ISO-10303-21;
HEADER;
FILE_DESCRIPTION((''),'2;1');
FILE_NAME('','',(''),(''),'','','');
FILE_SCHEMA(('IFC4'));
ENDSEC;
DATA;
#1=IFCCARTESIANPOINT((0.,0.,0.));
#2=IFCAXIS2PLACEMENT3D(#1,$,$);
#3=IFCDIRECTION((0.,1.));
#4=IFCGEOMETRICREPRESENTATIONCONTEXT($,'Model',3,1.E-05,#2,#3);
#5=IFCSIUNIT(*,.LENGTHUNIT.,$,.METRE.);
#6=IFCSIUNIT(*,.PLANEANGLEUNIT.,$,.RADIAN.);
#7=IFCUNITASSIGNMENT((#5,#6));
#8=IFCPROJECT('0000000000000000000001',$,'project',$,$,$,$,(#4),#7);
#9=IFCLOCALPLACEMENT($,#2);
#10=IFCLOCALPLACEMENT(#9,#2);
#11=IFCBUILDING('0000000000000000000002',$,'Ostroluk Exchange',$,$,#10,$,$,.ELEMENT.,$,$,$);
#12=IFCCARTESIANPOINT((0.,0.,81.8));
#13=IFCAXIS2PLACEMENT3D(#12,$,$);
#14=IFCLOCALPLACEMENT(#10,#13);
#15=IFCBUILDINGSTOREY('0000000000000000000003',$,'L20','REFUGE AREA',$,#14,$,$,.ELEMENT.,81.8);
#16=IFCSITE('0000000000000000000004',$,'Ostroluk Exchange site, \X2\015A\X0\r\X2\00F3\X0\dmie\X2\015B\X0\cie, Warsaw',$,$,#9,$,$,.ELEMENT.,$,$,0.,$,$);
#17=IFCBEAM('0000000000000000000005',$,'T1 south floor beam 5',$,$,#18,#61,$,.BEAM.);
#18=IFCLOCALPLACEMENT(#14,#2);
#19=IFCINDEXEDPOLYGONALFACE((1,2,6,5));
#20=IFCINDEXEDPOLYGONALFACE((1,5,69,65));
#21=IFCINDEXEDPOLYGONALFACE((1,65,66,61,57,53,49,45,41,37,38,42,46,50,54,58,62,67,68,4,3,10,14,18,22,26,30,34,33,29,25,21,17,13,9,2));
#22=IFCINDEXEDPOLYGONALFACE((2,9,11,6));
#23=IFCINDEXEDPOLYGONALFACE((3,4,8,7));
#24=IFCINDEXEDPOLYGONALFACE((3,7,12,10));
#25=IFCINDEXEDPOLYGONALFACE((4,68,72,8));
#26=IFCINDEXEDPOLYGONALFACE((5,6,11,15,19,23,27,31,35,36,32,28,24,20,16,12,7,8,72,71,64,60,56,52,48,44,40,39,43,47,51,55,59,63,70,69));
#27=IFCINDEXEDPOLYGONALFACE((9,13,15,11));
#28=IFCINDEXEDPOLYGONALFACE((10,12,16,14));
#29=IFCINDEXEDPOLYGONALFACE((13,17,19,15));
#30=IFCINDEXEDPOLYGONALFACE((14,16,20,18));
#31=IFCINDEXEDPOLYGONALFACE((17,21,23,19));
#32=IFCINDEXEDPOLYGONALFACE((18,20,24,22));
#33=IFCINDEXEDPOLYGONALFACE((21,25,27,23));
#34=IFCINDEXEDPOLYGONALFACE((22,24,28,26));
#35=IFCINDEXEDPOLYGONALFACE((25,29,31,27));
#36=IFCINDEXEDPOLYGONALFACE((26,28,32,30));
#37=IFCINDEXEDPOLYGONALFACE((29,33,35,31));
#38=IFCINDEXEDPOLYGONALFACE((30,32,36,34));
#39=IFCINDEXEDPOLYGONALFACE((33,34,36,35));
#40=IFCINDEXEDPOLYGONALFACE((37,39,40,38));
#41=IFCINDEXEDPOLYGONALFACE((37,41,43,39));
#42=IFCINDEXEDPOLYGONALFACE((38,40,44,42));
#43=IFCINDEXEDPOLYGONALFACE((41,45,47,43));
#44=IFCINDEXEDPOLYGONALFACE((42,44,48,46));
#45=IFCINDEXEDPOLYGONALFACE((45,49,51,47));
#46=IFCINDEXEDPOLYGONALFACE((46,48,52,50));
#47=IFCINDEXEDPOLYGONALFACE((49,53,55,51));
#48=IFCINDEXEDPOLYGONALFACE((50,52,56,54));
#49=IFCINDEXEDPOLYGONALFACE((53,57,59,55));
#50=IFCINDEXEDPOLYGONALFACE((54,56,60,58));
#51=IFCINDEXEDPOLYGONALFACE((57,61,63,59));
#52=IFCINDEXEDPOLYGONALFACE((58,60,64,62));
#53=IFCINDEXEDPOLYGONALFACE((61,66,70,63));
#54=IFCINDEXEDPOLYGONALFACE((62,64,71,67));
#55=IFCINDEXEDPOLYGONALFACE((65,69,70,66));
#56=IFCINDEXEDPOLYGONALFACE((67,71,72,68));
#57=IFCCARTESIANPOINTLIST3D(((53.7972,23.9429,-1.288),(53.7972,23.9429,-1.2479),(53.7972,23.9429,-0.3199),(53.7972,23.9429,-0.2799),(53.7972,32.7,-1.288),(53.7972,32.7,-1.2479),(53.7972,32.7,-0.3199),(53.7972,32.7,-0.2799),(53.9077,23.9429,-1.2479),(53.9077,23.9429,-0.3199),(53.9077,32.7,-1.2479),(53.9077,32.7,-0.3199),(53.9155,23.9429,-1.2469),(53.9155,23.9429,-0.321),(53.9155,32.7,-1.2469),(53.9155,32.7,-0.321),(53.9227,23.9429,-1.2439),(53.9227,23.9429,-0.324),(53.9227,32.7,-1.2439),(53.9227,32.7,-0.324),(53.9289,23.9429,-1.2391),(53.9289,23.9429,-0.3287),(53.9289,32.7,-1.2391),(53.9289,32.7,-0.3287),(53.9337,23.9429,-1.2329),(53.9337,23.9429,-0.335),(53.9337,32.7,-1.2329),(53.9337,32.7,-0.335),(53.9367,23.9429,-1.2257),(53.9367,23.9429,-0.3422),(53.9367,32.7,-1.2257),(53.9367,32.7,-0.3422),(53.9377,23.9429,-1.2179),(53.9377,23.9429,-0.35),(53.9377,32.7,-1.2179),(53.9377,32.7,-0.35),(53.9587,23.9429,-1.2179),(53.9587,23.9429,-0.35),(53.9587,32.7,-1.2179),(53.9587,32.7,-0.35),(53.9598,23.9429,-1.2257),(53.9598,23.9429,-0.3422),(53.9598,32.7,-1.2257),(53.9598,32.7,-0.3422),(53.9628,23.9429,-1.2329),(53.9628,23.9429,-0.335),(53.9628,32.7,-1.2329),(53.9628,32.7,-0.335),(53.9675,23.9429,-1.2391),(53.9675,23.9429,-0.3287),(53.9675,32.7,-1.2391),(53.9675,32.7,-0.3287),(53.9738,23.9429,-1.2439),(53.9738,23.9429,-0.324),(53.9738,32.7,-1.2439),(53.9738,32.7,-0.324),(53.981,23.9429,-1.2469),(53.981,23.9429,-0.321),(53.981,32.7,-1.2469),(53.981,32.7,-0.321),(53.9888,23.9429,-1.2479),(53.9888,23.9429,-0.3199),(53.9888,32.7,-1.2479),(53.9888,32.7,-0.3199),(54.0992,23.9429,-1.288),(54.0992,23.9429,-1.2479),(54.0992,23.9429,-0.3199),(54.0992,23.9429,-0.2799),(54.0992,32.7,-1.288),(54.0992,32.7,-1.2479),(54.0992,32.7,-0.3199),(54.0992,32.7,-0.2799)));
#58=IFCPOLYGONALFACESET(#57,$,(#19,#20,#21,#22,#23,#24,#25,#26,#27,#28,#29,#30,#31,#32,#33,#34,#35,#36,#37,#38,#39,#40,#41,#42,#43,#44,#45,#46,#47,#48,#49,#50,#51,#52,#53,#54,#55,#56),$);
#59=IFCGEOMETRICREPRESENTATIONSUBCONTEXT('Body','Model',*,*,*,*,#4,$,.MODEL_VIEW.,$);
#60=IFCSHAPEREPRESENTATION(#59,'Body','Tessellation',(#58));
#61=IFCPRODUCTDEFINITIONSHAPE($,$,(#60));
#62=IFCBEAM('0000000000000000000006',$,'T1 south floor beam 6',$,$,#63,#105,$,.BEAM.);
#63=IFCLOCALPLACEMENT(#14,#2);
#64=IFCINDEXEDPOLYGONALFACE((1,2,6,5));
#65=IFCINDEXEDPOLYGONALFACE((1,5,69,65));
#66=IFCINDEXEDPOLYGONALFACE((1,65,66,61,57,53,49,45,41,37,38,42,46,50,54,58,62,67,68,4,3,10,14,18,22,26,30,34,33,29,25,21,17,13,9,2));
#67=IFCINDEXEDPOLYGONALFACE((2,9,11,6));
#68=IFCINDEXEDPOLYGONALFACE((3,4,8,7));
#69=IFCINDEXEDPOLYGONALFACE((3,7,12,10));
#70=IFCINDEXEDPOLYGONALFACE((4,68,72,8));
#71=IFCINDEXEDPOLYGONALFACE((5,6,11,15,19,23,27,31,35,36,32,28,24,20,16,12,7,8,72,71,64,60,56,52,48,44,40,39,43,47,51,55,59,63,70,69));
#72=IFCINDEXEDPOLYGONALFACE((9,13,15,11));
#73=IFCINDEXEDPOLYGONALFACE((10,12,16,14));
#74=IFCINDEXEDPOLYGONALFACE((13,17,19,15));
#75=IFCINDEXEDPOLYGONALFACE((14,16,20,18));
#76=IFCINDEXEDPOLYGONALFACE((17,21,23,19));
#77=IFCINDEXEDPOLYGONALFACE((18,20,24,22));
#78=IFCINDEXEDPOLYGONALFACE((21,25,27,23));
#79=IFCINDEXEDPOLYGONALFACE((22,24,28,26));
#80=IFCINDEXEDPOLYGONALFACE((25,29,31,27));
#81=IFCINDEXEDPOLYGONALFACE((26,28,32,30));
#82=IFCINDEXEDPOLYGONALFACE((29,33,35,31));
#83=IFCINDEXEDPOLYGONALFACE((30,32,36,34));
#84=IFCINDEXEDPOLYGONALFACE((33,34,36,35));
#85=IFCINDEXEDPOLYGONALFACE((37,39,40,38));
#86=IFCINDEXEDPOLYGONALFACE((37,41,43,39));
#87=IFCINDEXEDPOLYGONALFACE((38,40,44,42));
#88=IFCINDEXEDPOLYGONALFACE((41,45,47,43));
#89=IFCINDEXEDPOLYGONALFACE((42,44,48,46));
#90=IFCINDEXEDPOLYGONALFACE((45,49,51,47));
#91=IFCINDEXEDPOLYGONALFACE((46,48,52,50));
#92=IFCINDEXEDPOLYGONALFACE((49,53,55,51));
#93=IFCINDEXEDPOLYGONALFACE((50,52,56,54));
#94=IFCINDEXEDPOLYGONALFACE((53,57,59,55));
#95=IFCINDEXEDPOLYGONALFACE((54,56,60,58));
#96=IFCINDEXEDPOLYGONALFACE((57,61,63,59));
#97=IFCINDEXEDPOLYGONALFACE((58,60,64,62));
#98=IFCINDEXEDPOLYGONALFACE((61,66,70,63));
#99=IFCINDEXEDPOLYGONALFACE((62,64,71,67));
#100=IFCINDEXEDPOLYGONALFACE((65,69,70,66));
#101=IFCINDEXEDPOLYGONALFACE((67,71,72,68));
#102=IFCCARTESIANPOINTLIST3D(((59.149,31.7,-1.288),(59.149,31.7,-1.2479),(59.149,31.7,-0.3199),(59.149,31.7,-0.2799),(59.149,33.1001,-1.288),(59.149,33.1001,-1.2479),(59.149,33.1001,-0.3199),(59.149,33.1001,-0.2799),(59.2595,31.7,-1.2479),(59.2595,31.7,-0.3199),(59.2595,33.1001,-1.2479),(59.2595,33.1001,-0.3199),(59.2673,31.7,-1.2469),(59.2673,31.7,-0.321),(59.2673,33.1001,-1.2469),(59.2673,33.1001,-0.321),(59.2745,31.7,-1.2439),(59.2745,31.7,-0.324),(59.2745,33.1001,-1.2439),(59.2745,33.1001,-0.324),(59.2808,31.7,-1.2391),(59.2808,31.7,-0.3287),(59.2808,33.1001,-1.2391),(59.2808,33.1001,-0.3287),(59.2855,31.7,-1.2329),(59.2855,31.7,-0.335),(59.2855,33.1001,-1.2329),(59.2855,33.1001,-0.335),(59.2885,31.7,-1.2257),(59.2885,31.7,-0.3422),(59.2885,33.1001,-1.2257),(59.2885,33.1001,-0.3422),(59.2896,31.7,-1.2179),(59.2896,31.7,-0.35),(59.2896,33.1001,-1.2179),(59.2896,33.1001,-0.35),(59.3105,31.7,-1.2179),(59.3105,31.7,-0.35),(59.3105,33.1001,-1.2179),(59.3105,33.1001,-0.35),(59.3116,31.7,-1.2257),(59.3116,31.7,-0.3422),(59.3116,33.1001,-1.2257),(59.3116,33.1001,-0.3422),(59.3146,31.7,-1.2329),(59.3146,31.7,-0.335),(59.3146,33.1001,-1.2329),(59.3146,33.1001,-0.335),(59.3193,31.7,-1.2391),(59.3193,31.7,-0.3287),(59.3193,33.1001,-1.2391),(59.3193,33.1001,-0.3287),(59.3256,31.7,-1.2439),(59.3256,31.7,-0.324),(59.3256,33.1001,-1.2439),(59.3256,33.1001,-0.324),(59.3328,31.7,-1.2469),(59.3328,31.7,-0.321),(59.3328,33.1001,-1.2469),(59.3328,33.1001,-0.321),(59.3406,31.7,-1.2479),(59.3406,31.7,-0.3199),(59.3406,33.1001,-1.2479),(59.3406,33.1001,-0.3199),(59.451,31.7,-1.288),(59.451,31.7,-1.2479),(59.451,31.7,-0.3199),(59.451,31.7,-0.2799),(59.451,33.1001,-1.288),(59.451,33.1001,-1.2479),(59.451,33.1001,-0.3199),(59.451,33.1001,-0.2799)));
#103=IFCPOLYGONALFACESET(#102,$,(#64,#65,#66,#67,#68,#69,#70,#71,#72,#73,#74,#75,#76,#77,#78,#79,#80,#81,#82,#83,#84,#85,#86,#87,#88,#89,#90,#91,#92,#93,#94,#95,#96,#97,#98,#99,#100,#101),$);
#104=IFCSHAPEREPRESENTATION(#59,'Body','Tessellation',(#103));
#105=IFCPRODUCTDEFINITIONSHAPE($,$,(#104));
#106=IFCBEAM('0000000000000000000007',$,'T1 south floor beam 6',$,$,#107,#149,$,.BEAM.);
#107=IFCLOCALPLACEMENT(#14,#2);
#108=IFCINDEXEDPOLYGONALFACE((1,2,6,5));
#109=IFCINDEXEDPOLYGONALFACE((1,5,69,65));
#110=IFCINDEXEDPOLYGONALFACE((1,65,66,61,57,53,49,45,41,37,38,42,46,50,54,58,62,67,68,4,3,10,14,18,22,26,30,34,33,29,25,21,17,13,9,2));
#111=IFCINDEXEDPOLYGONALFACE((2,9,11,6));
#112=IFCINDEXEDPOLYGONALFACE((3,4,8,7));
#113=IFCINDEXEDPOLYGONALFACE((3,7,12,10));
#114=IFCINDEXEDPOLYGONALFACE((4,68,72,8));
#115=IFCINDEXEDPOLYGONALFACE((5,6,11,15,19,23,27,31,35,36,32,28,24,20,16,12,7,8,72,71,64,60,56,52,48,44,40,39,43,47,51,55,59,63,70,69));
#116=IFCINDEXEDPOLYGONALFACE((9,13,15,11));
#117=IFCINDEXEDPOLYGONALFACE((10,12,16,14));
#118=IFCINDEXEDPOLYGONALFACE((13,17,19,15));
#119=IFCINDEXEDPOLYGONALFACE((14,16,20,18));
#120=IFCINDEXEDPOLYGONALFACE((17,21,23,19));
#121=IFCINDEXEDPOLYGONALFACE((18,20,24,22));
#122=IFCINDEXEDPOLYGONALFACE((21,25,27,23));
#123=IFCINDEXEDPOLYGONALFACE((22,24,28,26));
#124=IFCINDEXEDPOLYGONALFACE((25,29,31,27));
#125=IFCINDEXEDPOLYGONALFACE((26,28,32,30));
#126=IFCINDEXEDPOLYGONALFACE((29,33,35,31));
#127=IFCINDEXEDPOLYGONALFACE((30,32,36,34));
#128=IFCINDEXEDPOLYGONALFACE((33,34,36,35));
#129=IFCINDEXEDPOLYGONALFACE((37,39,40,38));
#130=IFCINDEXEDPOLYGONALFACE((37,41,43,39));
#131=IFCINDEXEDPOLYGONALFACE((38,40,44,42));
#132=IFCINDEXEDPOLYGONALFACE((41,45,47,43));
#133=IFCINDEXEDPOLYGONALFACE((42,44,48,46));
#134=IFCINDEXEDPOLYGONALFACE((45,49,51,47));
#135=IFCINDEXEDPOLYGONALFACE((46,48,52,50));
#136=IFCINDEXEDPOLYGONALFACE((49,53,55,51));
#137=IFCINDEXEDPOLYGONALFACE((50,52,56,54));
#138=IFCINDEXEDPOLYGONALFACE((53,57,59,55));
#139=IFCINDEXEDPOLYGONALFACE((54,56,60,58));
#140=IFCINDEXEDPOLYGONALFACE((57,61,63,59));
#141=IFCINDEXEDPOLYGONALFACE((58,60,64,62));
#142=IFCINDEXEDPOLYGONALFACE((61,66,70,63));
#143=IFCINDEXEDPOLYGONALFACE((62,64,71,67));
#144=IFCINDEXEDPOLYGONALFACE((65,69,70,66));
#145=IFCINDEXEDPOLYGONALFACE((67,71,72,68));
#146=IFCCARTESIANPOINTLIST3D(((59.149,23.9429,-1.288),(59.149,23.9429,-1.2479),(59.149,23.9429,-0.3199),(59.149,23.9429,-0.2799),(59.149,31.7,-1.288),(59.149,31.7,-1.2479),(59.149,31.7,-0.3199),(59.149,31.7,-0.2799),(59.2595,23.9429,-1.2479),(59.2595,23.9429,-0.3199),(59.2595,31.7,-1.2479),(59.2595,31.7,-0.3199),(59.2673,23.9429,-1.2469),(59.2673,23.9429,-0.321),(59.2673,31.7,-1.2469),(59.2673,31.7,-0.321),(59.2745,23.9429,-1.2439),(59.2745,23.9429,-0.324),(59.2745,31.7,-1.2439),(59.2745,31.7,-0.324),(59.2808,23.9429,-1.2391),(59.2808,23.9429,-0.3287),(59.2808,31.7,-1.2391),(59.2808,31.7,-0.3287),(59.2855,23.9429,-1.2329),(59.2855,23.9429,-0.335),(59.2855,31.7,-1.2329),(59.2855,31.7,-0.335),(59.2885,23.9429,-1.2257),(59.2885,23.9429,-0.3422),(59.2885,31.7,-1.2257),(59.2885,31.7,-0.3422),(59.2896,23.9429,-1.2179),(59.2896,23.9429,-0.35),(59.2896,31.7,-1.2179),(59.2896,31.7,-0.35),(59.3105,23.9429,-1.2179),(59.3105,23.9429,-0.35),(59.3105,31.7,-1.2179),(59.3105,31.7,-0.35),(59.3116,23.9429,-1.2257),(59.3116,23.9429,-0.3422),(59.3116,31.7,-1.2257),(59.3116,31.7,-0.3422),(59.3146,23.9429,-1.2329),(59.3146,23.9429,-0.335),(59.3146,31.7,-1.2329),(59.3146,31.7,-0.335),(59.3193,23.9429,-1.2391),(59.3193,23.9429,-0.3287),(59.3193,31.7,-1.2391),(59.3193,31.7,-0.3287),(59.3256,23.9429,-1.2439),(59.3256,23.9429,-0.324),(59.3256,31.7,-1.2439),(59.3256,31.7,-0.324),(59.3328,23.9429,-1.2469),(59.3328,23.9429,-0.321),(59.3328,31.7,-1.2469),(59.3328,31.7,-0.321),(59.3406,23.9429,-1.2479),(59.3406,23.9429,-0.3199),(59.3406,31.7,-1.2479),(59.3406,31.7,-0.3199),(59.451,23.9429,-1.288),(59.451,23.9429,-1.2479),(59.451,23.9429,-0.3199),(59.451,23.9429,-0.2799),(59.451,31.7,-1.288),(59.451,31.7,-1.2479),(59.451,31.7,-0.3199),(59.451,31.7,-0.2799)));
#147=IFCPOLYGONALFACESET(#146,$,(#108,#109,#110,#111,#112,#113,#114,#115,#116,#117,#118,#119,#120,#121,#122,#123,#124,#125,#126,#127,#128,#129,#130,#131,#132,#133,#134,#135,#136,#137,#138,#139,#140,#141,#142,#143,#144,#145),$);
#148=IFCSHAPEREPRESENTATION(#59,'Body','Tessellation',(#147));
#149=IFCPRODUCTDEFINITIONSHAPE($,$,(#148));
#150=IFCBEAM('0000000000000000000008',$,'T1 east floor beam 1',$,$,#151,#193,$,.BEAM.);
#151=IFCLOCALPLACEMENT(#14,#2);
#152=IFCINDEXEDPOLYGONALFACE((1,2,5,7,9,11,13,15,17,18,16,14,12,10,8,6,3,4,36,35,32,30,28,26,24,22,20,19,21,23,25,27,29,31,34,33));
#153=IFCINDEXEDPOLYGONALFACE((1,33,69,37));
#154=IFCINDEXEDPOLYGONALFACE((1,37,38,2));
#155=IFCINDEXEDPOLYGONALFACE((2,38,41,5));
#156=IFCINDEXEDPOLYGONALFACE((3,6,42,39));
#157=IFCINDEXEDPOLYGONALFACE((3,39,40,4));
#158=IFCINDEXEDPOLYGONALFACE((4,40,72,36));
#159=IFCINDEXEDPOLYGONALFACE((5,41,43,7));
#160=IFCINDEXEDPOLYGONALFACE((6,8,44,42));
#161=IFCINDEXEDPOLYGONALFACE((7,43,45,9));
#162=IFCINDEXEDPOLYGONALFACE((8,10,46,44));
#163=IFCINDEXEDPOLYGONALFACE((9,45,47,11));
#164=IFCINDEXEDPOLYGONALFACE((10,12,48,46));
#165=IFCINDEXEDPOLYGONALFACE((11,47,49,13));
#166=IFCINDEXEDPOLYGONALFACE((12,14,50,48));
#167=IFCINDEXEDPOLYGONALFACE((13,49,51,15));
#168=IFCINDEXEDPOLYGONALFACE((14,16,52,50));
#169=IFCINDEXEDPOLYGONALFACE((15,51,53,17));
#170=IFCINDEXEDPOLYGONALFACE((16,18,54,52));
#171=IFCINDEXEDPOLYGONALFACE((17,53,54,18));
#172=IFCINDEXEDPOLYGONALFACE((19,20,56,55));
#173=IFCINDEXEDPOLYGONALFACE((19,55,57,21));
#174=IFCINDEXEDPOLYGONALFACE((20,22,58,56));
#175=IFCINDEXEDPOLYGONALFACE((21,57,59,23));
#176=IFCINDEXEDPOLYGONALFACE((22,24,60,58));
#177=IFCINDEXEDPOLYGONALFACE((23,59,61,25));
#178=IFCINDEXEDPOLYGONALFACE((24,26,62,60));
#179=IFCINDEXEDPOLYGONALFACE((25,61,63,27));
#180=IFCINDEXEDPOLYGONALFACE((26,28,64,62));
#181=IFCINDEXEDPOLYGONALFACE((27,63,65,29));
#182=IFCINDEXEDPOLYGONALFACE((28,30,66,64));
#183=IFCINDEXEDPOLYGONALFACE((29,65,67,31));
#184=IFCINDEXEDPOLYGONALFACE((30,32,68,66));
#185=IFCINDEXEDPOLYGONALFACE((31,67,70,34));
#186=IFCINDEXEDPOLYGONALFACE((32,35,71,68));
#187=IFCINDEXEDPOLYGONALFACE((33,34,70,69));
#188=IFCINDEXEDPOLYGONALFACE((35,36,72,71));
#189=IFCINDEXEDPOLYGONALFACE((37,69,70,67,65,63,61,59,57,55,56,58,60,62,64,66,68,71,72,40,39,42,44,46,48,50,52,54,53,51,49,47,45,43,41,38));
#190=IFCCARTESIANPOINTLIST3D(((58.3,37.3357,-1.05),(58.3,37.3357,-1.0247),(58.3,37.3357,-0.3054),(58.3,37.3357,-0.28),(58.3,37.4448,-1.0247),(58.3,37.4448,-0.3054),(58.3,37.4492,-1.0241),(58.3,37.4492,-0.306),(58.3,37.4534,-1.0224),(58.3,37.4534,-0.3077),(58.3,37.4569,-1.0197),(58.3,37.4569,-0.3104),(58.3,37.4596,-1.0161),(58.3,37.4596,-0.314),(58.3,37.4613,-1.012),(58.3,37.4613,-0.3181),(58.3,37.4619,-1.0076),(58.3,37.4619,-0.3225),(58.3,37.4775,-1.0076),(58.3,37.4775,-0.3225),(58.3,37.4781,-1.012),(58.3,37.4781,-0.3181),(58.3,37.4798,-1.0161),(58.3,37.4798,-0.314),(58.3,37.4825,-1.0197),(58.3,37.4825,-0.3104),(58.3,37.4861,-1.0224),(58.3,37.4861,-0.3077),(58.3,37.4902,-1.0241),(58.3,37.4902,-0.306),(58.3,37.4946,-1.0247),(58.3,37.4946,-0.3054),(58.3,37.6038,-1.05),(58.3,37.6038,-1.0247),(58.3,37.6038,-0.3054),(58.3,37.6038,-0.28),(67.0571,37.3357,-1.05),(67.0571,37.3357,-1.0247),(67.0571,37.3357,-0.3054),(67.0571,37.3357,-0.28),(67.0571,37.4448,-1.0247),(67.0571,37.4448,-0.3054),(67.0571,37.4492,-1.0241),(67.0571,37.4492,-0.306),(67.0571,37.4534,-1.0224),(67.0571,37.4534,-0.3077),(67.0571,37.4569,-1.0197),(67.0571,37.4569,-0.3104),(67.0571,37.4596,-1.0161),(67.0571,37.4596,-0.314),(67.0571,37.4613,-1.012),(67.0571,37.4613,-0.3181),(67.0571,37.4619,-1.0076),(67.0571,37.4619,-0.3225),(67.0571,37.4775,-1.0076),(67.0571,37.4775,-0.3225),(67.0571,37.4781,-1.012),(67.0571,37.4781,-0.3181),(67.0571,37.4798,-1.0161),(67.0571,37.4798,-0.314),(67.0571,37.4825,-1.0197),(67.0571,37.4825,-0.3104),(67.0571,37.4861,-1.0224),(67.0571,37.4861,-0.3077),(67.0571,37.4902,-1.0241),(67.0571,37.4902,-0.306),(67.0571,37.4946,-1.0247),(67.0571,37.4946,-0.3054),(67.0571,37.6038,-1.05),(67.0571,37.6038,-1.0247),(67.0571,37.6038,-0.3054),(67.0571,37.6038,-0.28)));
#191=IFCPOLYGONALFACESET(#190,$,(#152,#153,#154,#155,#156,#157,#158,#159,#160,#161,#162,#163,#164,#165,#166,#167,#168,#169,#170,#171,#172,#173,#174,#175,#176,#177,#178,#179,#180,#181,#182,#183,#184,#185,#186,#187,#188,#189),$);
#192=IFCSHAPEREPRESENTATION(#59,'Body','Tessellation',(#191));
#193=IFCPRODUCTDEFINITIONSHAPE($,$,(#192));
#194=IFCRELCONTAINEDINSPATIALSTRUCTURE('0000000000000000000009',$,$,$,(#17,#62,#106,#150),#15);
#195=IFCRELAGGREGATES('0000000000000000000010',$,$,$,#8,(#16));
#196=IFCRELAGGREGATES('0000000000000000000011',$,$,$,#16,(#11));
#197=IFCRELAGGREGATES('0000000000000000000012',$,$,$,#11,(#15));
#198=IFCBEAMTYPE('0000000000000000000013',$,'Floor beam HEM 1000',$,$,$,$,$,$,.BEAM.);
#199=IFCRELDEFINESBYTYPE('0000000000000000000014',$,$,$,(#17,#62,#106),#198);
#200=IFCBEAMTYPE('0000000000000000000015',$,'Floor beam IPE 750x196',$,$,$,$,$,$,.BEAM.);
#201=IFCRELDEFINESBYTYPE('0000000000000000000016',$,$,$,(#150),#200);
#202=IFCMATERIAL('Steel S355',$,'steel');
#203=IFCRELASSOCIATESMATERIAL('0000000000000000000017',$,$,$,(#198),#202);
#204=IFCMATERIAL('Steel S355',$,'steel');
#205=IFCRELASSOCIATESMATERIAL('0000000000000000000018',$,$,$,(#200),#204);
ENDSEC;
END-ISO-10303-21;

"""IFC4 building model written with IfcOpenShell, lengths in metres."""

from ifc_helpers import new_model, si_unit, direction, frame, origin, origin_2d, place, context, subcontext, project, spatial, i_section, extrude, material, material_profile, profile_set, type_object, element, save


model = new_model("IFC4")

# Units and contexts
model_context = context("Model", 3, precision=1e-05, world=origin(), true_north=direction((0.0, 1.0)))
body_context = subcontext(model_context, "Body", "Model", "MODEL_VIEW")
ifc_project = project(units=[si_unit("LENGTHUNIT", "METRE"), si_unit("PLANEANGLEUNIT", "RADIAN")], contexts=[model_context])

# Site, building, storey
site_placement = place(None, origin())
site = spatial("IfcSite", under=ifc_project, at=site_placement, Name="Ostroluk Exchange site, Śródmieście, Warsaw", CompositionType="ELEMENT", RefElevation=0.0)
building_placement = place(site_placement, origin())
building = spatial("IfcBuilding", under=site, at=building_placement, Name="Ostroluk Exchange", CompositionType="ELEMENT")
storey_placement = place(building_placement, frame((0.0, 0.0, 81.8)))
storey = spatial("IfcBuildingStorey", under=building, at=storey_placement, Name="L20", Description="REFUGE AREA", CompositionType="ELEMENT", Elevation=81.8)

# Beams
ifc_material_1 = material(Name="Steel S355", Category="steel")
ifc_material_profile_1 = material_profile(ifc_material_1, i_section(OverallWidth=0.302, OverallDepth=1.0081, WebThickness=0.021, FlangeThickness=0.04, FilletRadius=0.03, at=origin_2d()), Name="HEM 1000")
ifc_profile_set_1 = profile_set([ifc_material_profile_1], Name="Steel S355")
beam_type_1 = type_object("IfcBeamType", Name="Floor beam HEM 1000", PredefinedType="BEAM", material=ifc_profile_set_1)
beam_1_placement = place(storey_placement, frame((53.9482, 32.7, -0.7839), z_axis=(0.0, -1.0, 0.0), x_axis=(1.0, 0.0, 0.0)))
element("IfcBeam", 1, at=beam_1_placement, inside=storey, type_object=beam_type_1, Name="T1 south floor beam 5", PredefinedType="BEAM", context=body_context, shape_type="SweptSolid", body=[
    extrude(i_section(OverallWidth=0.302, OverallDepth=1.0081, WebThickness=0.021, FlangeThickness=0.04, FilletRadius=0.03, at=origin_2d()), origin(), (0.0, 0.0, 1.0), 8.7571),
])
beam_2_placement = place(storey_placement, frame((59.3, 33.1001, -0.7839), z_axis=(0.0, -1.0, 0.0), x_axis=(1.0, 0.0, 0.0)))
element("IfcBeam", 2, at=beam_2_placement, inside=storey, type_object=beam_type_1, Name="T1 south floor beam 6", PredefinedType="BEAM", context=body_context, shape_type="SweptSolid", body=[
    extrude(i_section(OverallWidth=0.302, OverallDepth=1.0081, WebThickness=0.021, FlangeThickness=0.04, FilletRadius=0.03, at=origin_2d()), origin(), (0.0, 0.0, 1.0), 1.4001),
])
beam_3_placement = place(storey_placement, frame((59.3, 31.7, -0.7839), z_axis=(0.0, -1.0, 0.0), x_axis=(1.0, 0.0, 0.0)))
element("IfcBeam", 3, at=beam_3_placement, inside=storey, type_object=beam_type_1, Name="T1 south floor beam 6", PredefinedType="BEAM", context=body_context, shape_type="SweptSolid", body=[
    extrude(i_section(OverallWidth=0.302, OverallDepth=1.0081, WebThickness=0.021, FlangeThickness=0.04, FilletRadius=0.03, at=origin_2d()), origin(), (0.0, 0.0, 1.0), 7.7571),
])
ifc_material_2 = material(Name="Steel S355", Category="steel")
ifc_material_profile_2 = material_profile(ifc_material_2, i_section(OverallWidth=0.2681, OverallDepth=0.77, WebThickness=0.0156, FlangeThickness=0.0254, FilletRadius=0.0171, at=origin_2d()), Name="IPE 750x196")
ifc_profile_set_2 = profile_set([ifc_material_profile_2], Name="Steel S355")
beam_type_2 = type_object("IfcBeamType", Name="Floor beam IPE 750x196", PredefinedType="BEAM", material=ifc_profile_set_2)
for number, where, z_axis, x_axis, name in (
    (4, (58.3, 37.4697, -0.665), (1.0, 0.0, 0.0), (0.0, 1.0, 0.0), "T1 east floor beam 1"),
):
    element("IfcBeam", number, at=place(storey_placement, frame(where, z_axis=z_axis, x_axis=x_axis)), inside=storey, type_object=beam_type_2, Name=name, PredefinedType="BEAM", context=body_context, shape_type="SweptSolid", body=[
        extrude(i_section(OverallWidth=0.2681, OverallDepth=0.77, WebThickness=0.0156, FlangeThickness=0.0254, FilletRadius=0.0171, at=origin_2d()), origin(), (0.0, 0.0, 1.0), 8.7571),
    ])

save(model, "model.ifc")
